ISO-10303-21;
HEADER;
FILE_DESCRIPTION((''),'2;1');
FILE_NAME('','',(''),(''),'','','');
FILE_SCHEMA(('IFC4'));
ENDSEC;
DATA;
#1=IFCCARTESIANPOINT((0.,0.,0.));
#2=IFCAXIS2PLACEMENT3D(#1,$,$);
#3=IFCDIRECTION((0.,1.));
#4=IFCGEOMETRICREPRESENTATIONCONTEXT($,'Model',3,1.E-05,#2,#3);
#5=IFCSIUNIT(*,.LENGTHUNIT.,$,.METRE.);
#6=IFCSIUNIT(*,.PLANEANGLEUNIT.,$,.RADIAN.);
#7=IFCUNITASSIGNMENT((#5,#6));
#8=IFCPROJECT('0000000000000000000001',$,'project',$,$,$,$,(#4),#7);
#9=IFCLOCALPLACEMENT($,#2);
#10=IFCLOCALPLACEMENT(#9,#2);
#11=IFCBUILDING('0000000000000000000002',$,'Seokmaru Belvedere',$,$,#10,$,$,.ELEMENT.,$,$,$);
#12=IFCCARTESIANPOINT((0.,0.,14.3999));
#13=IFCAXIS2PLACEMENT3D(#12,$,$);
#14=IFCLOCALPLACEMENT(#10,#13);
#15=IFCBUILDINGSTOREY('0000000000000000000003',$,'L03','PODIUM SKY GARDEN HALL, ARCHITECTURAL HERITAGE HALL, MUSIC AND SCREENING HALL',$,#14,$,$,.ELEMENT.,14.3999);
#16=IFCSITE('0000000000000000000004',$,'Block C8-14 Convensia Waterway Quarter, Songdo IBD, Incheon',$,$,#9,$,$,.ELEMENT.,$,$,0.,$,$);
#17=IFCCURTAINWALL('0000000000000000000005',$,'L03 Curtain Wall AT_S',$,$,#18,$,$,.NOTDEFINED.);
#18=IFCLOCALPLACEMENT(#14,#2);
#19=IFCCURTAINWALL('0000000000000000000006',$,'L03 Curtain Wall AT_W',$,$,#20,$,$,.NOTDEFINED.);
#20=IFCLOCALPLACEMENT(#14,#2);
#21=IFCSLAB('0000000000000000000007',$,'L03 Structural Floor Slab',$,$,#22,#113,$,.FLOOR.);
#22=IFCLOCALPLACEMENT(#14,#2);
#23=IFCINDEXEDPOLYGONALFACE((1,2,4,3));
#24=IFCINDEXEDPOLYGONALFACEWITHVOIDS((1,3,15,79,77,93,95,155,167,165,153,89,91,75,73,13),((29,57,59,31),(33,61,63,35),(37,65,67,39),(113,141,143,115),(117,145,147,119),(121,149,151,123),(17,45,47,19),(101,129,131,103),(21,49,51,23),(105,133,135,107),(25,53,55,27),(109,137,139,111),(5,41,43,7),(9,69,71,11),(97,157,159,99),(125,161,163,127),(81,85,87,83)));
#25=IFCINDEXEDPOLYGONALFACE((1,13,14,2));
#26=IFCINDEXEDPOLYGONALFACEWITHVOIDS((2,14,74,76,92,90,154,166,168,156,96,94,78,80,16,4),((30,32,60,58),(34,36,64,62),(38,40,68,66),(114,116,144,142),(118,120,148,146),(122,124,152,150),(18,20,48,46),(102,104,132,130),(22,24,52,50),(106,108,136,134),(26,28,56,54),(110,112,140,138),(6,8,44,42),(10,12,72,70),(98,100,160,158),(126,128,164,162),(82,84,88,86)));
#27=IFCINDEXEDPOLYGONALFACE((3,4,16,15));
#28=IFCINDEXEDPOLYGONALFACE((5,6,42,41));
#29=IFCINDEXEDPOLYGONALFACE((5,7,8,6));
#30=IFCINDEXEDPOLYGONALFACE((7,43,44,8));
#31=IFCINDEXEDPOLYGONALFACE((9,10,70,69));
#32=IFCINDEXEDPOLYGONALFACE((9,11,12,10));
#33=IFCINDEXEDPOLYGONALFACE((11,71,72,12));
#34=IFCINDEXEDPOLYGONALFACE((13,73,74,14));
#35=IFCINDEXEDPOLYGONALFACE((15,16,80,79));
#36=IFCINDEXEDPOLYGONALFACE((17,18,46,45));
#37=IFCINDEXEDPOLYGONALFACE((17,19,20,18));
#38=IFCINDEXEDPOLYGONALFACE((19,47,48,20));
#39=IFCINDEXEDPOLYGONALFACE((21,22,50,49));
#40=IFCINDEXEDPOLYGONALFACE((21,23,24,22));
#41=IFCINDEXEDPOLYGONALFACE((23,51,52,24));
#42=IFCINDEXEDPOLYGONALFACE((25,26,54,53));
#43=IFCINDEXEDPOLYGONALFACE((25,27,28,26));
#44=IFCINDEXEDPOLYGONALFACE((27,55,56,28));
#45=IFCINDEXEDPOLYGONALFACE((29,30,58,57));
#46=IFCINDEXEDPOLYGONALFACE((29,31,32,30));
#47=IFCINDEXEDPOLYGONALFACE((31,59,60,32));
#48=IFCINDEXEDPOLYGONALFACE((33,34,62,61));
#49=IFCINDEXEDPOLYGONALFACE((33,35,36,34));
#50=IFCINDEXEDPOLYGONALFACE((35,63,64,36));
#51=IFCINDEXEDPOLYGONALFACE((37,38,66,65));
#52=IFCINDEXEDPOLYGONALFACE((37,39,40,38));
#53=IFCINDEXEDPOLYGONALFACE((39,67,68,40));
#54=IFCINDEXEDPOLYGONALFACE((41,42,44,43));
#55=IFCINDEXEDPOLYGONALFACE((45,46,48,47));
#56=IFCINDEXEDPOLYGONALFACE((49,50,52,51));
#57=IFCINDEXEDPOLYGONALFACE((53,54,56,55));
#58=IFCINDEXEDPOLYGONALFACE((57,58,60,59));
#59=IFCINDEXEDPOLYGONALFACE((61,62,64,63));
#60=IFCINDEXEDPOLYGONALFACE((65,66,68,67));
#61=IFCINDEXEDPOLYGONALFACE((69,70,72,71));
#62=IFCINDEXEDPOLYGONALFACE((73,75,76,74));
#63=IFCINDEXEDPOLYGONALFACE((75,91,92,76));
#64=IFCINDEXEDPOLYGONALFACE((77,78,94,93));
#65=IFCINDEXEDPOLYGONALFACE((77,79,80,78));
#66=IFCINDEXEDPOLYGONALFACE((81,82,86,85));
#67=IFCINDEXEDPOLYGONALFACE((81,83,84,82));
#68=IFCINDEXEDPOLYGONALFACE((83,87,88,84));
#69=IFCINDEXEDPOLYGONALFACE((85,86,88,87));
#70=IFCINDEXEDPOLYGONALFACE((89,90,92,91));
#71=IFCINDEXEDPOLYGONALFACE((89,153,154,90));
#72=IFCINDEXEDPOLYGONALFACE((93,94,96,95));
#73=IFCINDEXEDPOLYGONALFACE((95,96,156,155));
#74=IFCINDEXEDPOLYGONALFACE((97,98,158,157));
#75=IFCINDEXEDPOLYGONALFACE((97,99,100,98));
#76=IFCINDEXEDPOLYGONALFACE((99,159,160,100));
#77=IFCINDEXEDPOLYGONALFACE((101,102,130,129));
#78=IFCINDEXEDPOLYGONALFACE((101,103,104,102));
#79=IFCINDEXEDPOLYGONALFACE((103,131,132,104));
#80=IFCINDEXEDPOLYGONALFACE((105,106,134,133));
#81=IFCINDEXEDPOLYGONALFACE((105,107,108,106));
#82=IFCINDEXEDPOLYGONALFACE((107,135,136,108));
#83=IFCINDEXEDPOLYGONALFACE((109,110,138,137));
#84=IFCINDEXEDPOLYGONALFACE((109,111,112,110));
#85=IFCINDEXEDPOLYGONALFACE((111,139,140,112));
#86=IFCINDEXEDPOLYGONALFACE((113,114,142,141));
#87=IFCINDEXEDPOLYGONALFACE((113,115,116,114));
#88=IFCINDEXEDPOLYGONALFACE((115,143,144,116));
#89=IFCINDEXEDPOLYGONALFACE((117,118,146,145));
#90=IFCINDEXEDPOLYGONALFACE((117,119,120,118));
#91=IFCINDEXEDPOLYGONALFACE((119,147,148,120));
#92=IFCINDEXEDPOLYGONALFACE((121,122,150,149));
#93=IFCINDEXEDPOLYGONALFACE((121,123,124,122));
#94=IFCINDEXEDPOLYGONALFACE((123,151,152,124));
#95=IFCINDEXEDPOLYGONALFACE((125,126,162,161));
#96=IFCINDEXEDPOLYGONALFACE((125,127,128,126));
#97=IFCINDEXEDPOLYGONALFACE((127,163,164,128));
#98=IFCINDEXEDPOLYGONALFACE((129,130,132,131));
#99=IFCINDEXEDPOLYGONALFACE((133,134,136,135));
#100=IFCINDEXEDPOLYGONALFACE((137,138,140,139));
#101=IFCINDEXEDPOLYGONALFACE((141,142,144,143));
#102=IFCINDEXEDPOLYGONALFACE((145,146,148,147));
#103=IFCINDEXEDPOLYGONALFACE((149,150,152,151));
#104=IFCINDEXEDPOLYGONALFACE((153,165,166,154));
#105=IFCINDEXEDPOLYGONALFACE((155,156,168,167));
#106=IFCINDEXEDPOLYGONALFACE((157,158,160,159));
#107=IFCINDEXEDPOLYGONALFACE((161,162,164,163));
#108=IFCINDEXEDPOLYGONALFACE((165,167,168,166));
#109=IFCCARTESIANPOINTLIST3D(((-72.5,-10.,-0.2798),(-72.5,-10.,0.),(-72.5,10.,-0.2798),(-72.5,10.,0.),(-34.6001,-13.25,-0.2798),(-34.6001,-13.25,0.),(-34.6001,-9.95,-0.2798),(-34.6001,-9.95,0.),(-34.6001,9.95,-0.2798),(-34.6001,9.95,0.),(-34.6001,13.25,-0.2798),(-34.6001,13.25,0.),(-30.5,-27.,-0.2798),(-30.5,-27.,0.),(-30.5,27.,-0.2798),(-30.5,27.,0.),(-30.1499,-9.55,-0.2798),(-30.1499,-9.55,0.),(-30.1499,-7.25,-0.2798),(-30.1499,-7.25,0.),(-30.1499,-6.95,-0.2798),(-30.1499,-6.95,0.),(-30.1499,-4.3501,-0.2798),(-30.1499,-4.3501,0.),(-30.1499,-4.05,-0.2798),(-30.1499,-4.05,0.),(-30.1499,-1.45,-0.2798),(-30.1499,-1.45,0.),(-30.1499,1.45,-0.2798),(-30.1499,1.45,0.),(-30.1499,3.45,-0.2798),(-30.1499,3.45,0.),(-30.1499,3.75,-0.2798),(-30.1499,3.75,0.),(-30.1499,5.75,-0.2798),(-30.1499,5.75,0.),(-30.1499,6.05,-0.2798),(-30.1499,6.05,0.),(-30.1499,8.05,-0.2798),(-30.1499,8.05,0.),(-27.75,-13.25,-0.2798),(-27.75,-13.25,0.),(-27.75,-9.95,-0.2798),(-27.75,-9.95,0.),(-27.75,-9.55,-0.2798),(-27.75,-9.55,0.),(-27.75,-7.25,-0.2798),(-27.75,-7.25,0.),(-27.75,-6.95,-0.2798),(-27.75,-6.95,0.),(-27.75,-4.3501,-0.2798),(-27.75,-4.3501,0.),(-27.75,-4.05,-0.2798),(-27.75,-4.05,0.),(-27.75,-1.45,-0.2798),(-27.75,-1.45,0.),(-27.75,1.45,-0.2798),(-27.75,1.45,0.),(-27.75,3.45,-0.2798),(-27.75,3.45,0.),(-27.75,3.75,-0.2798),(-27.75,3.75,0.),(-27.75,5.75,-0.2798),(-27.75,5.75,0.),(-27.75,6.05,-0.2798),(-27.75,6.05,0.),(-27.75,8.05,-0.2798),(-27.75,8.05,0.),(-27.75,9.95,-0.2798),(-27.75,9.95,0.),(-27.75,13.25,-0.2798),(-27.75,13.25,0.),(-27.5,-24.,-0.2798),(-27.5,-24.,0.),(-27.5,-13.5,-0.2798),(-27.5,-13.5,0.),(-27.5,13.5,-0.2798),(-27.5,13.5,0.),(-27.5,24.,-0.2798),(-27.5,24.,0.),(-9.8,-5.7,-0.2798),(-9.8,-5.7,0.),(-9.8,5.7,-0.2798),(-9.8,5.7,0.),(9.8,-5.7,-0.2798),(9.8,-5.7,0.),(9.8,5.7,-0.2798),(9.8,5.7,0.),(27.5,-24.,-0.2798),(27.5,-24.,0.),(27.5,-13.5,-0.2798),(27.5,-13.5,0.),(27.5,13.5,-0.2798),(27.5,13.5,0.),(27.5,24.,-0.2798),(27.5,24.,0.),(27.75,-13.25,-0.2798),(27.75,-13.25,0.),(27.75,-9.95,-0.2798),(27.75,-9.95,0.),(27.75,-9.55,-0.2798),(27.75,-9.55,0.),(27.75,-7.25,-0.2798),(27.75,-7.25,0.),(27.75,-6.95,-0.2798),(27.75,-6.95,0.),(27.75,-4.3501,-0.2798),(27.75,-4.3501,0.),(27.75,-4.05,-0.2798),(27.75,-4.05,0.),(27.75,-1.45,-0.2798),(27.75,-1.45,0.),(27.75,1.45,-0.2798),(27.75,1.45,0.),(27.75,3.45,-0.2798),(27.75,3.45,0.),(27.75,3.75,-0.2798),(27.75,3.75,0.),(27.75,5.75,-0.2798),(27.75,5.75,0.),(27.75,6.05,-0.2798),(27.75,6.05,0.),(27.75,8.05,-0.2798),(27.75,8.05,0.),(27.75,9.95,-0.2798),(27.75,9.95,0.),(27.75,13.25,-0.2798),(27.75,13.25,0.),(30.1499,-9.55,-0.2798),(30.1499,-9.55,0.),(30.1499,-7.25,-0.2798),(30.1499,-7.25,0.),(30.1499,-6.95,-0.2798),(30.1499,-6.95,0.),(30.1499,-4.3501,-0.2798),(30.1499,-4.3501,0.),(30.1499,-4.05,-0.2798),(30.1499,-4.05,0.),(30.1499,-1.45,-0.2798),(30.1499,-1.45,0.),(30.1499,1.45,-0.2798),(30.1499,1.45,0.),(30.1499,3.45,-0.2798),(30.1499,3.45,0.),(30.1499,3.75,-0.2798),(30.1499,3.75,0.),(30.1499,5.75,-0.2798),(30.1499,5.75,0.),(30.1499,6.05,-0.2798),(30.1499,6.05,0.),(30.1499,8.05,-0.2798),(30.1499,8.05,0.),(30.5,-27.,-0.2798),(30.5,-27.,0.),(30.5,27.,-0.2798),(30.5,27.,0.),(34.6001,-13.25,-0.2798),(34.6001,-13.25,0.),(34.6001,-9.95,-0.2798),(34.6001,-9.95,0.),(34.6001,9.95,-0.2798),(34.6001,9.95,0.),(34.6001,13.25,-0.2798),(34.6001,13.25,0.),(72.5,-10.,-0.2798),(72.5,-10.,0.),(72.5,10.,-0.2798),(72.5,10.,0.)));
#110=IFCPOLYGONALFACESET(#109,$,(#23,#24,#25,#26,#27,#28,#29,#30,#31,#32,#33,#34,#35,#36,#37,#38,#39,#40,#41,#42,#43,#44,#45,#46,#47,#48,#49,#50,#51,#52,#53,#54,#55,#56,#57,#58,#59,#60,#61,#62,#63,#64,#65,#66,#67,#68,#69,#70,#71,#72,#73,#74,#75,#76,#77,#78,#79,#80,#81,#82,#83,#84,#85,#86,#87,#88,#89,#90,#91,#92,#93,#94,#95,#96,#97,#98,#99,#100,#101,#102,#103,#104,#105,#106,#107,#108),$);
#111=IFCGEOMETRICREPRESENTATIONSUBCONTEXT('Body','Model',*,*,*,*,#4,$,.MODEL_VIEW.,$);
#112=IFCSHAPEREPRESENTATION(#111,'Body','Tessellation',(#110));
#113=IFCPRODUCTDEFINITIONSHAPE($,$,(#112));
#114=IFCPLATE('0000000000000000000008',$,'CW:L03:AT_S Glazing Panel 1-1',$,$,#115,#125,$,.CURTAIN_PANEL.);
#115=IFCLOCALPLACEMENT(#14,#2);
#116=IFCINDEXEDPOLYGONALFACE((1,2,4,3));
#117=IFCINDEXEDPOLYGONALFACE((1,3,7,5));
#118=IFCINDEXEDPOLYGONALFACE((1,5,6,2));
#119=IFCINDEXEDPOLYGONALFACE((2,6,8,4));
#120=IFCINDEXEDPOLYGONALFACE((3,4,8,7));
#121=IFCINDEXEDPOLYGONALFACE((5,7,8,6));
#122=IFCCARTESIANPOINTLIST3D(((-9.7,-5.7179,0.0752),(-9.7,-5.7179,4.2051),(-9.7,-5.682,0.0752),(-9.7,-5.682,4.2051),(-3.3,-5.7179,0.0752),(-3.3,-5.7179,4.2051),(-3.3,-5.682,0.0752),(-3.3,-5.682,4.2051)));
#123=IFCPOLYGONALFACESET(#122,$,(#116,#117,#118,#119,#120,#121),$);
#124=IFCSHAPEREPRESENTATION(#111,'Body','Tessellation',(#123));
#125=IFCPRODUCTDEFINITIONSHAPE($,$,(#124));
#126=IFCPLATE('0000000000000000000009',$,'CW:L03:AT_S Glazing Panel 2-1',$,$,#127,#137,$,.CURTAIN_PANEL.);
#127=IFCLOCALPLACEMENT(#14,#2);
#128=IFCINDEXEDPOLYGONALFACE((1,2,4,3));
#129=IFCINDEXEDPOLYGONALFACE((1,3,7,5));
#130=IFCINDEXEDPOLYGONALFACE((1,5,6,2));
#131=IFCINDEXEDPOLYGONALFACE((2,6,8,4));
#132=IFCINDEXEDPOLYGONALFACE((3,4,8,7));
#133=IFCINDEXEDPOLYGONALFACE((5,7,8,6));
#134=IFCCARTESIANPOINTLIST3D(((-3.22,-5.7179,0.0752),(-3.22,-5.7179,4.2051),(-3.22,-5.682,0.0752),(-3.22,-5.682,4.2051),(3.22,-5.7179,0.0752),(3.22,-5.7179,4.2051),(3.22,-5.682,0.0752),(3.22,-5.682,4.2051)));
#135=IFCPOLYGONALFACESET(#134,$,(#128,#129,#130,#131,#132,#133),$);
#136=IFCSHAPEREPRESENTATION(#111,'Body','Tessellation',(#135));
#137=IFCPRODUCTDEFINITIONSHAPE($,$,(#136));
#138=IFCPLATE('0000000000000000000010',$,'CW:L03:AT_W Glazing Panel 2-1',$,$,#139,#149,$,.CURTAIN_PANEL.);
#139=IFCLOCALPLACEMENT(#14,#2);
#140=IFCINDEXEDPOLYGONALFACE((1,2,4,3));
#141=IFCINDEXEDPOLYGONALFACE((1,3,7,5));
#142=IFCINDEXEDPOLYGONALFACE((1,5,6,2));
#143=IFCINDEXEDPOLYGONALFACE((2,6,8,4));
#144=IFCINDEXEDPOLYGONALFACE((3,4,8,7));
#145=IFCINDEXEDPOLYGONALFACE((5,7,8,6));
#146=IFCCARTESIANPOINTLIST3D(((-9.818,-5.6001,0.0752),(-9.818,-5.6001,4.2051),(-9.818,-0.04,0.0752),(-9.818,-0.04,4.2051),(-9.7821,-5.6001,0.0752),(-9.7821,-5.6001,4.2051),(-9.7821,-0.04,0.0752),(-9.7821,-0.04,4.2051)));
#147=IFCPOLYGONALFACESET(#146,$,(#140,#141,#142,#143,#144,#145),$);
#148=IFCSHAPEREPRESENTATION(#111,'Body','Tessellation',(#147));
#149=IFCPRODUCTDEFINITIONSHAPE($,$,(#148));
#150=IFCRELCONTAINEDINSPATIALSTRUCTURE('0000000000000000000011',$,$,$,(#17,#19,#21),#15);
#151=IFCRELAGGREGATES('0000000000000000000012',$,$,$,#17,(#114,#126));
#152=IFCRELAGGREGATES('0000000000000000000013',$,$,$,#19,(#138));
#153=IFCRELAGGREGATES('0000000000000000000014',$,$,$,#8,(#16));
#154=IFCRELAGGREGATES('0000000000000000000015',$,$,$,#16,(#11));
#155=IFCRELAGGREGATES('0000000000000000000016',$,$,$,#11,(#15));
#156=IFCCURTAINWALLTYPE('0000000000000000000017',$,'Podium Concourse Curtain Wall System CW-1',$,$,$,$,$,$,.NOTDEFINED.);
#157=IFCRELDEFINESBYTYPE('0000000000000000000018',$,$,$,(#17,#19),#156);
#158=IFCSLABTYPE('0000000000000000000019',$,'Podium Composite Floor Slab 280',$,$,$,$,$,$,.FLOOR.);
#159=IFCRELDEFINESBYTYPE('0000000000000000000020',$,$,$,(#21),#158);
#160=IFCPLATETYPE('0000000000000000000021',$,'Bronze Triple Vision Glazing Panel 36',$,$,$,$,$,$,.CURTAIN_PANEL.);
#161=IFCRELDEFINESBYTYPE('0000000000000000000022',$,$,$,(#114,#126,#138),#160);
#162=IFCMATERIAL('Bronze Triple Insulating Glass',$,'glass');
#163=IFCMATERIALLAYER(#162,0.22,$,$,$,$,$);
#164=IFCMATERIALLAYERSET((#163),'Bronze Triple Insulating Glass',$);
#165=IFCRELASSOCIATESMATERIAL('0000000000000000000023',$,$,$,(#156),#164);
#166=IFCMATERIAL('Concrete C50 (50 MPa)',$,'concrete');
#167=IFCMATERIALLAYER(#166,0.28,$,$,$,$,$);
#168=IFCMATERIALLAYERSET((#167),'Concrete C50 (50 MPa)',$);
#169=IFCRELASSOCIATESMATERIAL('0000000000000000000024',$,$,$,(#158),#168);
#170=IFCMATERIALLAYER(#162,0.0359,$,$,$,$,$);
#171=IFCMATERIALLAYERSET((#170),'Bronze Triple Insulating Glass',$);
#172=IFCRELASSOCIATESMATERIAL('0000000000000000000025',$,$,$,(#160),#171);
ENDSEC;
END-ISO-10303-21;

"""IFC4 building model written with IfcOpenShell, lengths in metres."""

from ifc_helpers import new_model, si_unit, direction, frame, origin, origin_2d, place, context, subcontext, project, spatial, polyline, rectangle, outline, extrude, source, transform, mapped, material, layer, layer_set, type_object, type_shapes, element, aggregate, save


model = new_model("IFC4")

# Units and contexts
model_context = context("Model", 3, precision=1e-05, world=origin(), true_north=direction((0.0, 1.0)))
body_context = subcontext(model_context, "Body", "Model", "MODEL_VIEW")
ifc_project = project(units=[si_unit("LENGTHUNIT", "METRE"), si_unit("PLANEANGLEUNIT", "RADIAN")], contexts=[model_context])

# Site, building, storey
site_placement = place(None, origin())
site = spatial("IfcSite", under=ifc_project, at=site_placement, Name="Block C8-14 Convensia Waterway Quarter, Songdo IBD, Incheon", CompositionType="ELEMENT", RefElevation=0.0)
building_placement = place(site_placement, origin())
building = spatial("IfcBuilding", under=site, at=building_placement, Name="Seokmaru Belvedere", CompositionType="ELEMENT")
storey_placement = place(building_placement, frame((0.0, 0.0, 14.3999)))
storey = spatial("IfcBuildingStorey", under=building, at=storey_placement, Name="L03", Description="PODIUM SKY GARDEN HALL, ARCHITECTURAL HERITAGE HALL, MUSIC AND SCREENING HALL", CompositionType="ELEMENT", Elevation=14.3999)

# Curtain walls
ifc_material_1 = material(Name="Bronze Triple Insulating Glass", Category="glass")
ifc_layer_1 = layer(ifc_material_1, 0.22)
ifc_layer_set_1 = layer_set([ifc_layer_1], Name="Bronze Triple Insulating Glass")
curtain_wall_type = type_object("IfcCurtainWallType", Name="Podium Concourse Curtain Wall System CW-1", PredefinedType="NOTDEFINED", material=ifc_layer_set_1)
curtain_wall_1_placement = place(storey_placement, origin())
curtain_wall_1 = element("IfcCurtainWall", 1, at=curtain_wall_1_placement, inside=storey, type_object=curtain_wall_type, Name="L03 Curtain Wall AT_S", PredefinedType="NOTDEFINED")
curtain_wall_2_placement = place(storey_placement, origin())
curtain_wall_2 = element("IfcCurtainWall", 2, at=curtain_wall_2_placement, inside=storey, type_object=curtain_wall_type, Name="L03 Curtain Wall AT_W", PredefinedType="NOTDEFINED")

# Slab
ifc_material_2 = material(Name="Concrete C50 (50 MPa)", Category="concrete")
ifc_layer_2 = layer(ifc_material_2, 0.28)
ifc_layer_set_2 = layer_set([ifc_layer_2], Name="Concrete C50 (50 MPa)")
slab_type_1 = type_object("IfcSlabType", Name="Podium Composite Floor Slab 280", PredefinedType="FLOOR", material=ifc_layer_set_2)
slab_1_placement = place(storey_placement, frame((0.0, 0.0, -0.2798)))
element("IfcSlab", 3, at=slab_1_placement, inside=storey, type_object=slab_type_1, Name="L03 Structural Floor Slab", PredefinedType="FLOOR", context=body_context, shape_type="SweptSolid", body=[
    extrude(outline(polyline([(-72.5, -10.0), (-30.5, -27.0), (-27.5, -24.0), (-27.5, -13.5), (27.5, -13.5), (27.5, -24.0), (30.5, -27.0), (72.5, -10.0), (72.5, 10.0), (30.5, 27.0), (27.5, 24.0), (27.5, 13.5), (-27.5, 13.5), (-27.5, 24.0), (-30.5, 27.0), (-72.5, 10.0), (-72.5, -10.0)]), holes=[polyline([(-34.6001, -13.25), (-27.75, -13.25), (-27.75, -9.95), (-34.6001, -9.95), (-34.6001, -13.25)]), polyline([(-34.6001, 9.95), (-27.75, 9.95), (-27.75, 13.25), (-34.6001, 13.25), (-34.6001, 9.95)]), polyline([(27.75, -13.25), (34.6001, -13.25), (34.6001, -9.95), (27.75, -9.95), (27.75, -13.25)]), polyline([(27.75, 9.95), (34.6001, 9.95), (34.6001, 13.25), (27.75, 13.25), (27.75, 9.95)]), polyline([(-30.1499, -9.55), (-27.75, -9.55), (-27.75, -7.25), (-30.1499, -7.25), (-30.1499, -9.55)]), polyline([(-30.1499, -6.95), (-27.75, -6.95), (-27.75, -4.3501), (-30.1499, -4.3501), (-30.1499, -6.95)]), polyline([(-30.1499, -4.05), (-27.75, -4.05), (-27.75, -1.45), (-30.1499, -1.45), (-30.1499, -4.05)]), polyline([(-30.1499, 1.45), (-27.75, 1.45), (-27.75, 3.45), (-30.1499, 3.45), (-30.1499, 1.45)]), polyline([(-30.1499, 3.75), (-27.75, 3.75), (-27.75, 5.75), (-30.1499, 5.75), (-30.1499, 3.75)]), polyline([(-30.1499, 6.05), (-27.75, 6.05), (-27.75, 8.05), (-30.1499, 8.05), (-30.1499, 6.05)]), polyline([(27.75, -9.55), (30.1499, -9.55), (30.1499, -7.25), (27.75, -7.25), (27.75, -9.55)]), polyline([(27.75, -6.95), (30.1499, -6.95), (30.1499, -4.3501), (27.75, -4.3501), (27.75, -6.95)]), polyline([(27.75, -4.05), (30.1499, -4.05), (30.1499, -1.45), (27.75, -1.45), (27.75, -4.05)]), polyline([(27.75, 1.45), (30.1499, 1.45), (30.1499, 3.45), (27.75, 3.45), (27.75, 1.45)]), polyline([(27.75, 3.75), (30.1499, 3.75), (30.1499, 5.75), (27.75, 5.75), (27.75, 3.75)]), polyline([(27.75, 6.05), (30.1499, 6.05), (30.1499, 8.05), (27.75, 8.05), (27.75, 6.05)]), polyline([(-9.8, -5.7), (9.8, -5.7), (9.8, 5.7), (-9.8, 5.7), (-9.8, -5.7)])]), origin(), (0.0, 0.0, 1.0), 0.2798),
])

# Plates
ifc_layer_3 = layer(ifc_material_1, 0.0359)
ifc_layer_set_3 = layer_set([ifc_layer_3], Name="Bronze Triple Insulating Glass")
plate_type = type_object("IfcPlateType", Name="Bronze Triple Vision Glazing Panel 36", PredefinedType="CURTAIN_PANEL", material=ifc_layer_set_3)
shared_shape_1 = source(origin(), body_context, "Body", "SweptSolid", [
    extrude(rectangle(XDim=6.3999, YDim=0.0359, at=origin_2d()), origin(), (0.0, 0.0, 1.0), 4.1299),
])
plate_1_placement = place(storey_placement, frame((-6.5, -5.7, 0.0752), z_axis=(0.0, 0.0, 1.0), x_axis=(1.0, 0.0, 0.0)))
plate_1 = element("IfcPlate", 4, at=plate_1_placement, type_object=plate_type, Name="CW:L03:AT_S Glazing Panel 1-1", PredefinedType="CURTAIN_PANEL", context=body_context, shape_type="MappedRepresentation", body=[
    mapped(shared_shape_1, transform((0.0, 0.0, 0.0), scale=1.0)),
])
shared_shape_2 = source(origin(), body_context, "Body", "SweptSolid", [
    extrude(rectangle(XDim=6.4399, YDim=0.0359, at=origin_2d()), origin(), (0.0, 0.0, 1.0), 4.1299),
])
plate_2_placement = place(storey_placement, frame((0.0, -5.7, 0.0752), z_axis=(0.0, 0.0, 1.0), x_axis=(1.0, 0.0, 0.0)))
plate_2 = element("IfcPlate", 5, at=plate_2_placement, type_object=plate_type, Name="CW:L03:AT_S Glazing Panel 2-1", PredefinedType="CURTAIN_PANEL", context=body_context, shape_type="MappedRepresentation", body=[
    mapped(shared_shape_2, transform((0.0, 0.0, 0.0), scale=1.0)),
])
aggregate(curtain_wall_1, [plate_1, plate_2])
shared_shape_3 = source(origin(), body_context, "Body", "SweptSolid", [
    extrude(rectangle(XDim=5.5601, YDim=0.0359, at=origin_2d()), origin(), (0.0, 0.0, 1.0), 4.1299),
])
type_shapes(plate_type, [shared_shape_1, shared_shape_2, shared_shape_3])
plate_3_placement = place(storey_placement, frame((-9.8, -2.8201, 0.0752), z_axis=(0.0, 0.0, 1.0), x_axis=(0.0, -1.0, 0.0)))
plate_3 = element("IfcPlate", 6, at=plate_3_placement, type_object=plate_type, Name="CW:L03:AT_W Glazing Panel 2-1", PredefinedType="CURTAIN_PANEL", context=body_context, shape_type="MappedRepresentation", body=[
    mapped(shared_shape_3, transform((0.0, 0.0, 0.0), scale=1.0)),
])
aggregate(curtain_wall_2, [plate_3])

save(model, "model.ifc")
